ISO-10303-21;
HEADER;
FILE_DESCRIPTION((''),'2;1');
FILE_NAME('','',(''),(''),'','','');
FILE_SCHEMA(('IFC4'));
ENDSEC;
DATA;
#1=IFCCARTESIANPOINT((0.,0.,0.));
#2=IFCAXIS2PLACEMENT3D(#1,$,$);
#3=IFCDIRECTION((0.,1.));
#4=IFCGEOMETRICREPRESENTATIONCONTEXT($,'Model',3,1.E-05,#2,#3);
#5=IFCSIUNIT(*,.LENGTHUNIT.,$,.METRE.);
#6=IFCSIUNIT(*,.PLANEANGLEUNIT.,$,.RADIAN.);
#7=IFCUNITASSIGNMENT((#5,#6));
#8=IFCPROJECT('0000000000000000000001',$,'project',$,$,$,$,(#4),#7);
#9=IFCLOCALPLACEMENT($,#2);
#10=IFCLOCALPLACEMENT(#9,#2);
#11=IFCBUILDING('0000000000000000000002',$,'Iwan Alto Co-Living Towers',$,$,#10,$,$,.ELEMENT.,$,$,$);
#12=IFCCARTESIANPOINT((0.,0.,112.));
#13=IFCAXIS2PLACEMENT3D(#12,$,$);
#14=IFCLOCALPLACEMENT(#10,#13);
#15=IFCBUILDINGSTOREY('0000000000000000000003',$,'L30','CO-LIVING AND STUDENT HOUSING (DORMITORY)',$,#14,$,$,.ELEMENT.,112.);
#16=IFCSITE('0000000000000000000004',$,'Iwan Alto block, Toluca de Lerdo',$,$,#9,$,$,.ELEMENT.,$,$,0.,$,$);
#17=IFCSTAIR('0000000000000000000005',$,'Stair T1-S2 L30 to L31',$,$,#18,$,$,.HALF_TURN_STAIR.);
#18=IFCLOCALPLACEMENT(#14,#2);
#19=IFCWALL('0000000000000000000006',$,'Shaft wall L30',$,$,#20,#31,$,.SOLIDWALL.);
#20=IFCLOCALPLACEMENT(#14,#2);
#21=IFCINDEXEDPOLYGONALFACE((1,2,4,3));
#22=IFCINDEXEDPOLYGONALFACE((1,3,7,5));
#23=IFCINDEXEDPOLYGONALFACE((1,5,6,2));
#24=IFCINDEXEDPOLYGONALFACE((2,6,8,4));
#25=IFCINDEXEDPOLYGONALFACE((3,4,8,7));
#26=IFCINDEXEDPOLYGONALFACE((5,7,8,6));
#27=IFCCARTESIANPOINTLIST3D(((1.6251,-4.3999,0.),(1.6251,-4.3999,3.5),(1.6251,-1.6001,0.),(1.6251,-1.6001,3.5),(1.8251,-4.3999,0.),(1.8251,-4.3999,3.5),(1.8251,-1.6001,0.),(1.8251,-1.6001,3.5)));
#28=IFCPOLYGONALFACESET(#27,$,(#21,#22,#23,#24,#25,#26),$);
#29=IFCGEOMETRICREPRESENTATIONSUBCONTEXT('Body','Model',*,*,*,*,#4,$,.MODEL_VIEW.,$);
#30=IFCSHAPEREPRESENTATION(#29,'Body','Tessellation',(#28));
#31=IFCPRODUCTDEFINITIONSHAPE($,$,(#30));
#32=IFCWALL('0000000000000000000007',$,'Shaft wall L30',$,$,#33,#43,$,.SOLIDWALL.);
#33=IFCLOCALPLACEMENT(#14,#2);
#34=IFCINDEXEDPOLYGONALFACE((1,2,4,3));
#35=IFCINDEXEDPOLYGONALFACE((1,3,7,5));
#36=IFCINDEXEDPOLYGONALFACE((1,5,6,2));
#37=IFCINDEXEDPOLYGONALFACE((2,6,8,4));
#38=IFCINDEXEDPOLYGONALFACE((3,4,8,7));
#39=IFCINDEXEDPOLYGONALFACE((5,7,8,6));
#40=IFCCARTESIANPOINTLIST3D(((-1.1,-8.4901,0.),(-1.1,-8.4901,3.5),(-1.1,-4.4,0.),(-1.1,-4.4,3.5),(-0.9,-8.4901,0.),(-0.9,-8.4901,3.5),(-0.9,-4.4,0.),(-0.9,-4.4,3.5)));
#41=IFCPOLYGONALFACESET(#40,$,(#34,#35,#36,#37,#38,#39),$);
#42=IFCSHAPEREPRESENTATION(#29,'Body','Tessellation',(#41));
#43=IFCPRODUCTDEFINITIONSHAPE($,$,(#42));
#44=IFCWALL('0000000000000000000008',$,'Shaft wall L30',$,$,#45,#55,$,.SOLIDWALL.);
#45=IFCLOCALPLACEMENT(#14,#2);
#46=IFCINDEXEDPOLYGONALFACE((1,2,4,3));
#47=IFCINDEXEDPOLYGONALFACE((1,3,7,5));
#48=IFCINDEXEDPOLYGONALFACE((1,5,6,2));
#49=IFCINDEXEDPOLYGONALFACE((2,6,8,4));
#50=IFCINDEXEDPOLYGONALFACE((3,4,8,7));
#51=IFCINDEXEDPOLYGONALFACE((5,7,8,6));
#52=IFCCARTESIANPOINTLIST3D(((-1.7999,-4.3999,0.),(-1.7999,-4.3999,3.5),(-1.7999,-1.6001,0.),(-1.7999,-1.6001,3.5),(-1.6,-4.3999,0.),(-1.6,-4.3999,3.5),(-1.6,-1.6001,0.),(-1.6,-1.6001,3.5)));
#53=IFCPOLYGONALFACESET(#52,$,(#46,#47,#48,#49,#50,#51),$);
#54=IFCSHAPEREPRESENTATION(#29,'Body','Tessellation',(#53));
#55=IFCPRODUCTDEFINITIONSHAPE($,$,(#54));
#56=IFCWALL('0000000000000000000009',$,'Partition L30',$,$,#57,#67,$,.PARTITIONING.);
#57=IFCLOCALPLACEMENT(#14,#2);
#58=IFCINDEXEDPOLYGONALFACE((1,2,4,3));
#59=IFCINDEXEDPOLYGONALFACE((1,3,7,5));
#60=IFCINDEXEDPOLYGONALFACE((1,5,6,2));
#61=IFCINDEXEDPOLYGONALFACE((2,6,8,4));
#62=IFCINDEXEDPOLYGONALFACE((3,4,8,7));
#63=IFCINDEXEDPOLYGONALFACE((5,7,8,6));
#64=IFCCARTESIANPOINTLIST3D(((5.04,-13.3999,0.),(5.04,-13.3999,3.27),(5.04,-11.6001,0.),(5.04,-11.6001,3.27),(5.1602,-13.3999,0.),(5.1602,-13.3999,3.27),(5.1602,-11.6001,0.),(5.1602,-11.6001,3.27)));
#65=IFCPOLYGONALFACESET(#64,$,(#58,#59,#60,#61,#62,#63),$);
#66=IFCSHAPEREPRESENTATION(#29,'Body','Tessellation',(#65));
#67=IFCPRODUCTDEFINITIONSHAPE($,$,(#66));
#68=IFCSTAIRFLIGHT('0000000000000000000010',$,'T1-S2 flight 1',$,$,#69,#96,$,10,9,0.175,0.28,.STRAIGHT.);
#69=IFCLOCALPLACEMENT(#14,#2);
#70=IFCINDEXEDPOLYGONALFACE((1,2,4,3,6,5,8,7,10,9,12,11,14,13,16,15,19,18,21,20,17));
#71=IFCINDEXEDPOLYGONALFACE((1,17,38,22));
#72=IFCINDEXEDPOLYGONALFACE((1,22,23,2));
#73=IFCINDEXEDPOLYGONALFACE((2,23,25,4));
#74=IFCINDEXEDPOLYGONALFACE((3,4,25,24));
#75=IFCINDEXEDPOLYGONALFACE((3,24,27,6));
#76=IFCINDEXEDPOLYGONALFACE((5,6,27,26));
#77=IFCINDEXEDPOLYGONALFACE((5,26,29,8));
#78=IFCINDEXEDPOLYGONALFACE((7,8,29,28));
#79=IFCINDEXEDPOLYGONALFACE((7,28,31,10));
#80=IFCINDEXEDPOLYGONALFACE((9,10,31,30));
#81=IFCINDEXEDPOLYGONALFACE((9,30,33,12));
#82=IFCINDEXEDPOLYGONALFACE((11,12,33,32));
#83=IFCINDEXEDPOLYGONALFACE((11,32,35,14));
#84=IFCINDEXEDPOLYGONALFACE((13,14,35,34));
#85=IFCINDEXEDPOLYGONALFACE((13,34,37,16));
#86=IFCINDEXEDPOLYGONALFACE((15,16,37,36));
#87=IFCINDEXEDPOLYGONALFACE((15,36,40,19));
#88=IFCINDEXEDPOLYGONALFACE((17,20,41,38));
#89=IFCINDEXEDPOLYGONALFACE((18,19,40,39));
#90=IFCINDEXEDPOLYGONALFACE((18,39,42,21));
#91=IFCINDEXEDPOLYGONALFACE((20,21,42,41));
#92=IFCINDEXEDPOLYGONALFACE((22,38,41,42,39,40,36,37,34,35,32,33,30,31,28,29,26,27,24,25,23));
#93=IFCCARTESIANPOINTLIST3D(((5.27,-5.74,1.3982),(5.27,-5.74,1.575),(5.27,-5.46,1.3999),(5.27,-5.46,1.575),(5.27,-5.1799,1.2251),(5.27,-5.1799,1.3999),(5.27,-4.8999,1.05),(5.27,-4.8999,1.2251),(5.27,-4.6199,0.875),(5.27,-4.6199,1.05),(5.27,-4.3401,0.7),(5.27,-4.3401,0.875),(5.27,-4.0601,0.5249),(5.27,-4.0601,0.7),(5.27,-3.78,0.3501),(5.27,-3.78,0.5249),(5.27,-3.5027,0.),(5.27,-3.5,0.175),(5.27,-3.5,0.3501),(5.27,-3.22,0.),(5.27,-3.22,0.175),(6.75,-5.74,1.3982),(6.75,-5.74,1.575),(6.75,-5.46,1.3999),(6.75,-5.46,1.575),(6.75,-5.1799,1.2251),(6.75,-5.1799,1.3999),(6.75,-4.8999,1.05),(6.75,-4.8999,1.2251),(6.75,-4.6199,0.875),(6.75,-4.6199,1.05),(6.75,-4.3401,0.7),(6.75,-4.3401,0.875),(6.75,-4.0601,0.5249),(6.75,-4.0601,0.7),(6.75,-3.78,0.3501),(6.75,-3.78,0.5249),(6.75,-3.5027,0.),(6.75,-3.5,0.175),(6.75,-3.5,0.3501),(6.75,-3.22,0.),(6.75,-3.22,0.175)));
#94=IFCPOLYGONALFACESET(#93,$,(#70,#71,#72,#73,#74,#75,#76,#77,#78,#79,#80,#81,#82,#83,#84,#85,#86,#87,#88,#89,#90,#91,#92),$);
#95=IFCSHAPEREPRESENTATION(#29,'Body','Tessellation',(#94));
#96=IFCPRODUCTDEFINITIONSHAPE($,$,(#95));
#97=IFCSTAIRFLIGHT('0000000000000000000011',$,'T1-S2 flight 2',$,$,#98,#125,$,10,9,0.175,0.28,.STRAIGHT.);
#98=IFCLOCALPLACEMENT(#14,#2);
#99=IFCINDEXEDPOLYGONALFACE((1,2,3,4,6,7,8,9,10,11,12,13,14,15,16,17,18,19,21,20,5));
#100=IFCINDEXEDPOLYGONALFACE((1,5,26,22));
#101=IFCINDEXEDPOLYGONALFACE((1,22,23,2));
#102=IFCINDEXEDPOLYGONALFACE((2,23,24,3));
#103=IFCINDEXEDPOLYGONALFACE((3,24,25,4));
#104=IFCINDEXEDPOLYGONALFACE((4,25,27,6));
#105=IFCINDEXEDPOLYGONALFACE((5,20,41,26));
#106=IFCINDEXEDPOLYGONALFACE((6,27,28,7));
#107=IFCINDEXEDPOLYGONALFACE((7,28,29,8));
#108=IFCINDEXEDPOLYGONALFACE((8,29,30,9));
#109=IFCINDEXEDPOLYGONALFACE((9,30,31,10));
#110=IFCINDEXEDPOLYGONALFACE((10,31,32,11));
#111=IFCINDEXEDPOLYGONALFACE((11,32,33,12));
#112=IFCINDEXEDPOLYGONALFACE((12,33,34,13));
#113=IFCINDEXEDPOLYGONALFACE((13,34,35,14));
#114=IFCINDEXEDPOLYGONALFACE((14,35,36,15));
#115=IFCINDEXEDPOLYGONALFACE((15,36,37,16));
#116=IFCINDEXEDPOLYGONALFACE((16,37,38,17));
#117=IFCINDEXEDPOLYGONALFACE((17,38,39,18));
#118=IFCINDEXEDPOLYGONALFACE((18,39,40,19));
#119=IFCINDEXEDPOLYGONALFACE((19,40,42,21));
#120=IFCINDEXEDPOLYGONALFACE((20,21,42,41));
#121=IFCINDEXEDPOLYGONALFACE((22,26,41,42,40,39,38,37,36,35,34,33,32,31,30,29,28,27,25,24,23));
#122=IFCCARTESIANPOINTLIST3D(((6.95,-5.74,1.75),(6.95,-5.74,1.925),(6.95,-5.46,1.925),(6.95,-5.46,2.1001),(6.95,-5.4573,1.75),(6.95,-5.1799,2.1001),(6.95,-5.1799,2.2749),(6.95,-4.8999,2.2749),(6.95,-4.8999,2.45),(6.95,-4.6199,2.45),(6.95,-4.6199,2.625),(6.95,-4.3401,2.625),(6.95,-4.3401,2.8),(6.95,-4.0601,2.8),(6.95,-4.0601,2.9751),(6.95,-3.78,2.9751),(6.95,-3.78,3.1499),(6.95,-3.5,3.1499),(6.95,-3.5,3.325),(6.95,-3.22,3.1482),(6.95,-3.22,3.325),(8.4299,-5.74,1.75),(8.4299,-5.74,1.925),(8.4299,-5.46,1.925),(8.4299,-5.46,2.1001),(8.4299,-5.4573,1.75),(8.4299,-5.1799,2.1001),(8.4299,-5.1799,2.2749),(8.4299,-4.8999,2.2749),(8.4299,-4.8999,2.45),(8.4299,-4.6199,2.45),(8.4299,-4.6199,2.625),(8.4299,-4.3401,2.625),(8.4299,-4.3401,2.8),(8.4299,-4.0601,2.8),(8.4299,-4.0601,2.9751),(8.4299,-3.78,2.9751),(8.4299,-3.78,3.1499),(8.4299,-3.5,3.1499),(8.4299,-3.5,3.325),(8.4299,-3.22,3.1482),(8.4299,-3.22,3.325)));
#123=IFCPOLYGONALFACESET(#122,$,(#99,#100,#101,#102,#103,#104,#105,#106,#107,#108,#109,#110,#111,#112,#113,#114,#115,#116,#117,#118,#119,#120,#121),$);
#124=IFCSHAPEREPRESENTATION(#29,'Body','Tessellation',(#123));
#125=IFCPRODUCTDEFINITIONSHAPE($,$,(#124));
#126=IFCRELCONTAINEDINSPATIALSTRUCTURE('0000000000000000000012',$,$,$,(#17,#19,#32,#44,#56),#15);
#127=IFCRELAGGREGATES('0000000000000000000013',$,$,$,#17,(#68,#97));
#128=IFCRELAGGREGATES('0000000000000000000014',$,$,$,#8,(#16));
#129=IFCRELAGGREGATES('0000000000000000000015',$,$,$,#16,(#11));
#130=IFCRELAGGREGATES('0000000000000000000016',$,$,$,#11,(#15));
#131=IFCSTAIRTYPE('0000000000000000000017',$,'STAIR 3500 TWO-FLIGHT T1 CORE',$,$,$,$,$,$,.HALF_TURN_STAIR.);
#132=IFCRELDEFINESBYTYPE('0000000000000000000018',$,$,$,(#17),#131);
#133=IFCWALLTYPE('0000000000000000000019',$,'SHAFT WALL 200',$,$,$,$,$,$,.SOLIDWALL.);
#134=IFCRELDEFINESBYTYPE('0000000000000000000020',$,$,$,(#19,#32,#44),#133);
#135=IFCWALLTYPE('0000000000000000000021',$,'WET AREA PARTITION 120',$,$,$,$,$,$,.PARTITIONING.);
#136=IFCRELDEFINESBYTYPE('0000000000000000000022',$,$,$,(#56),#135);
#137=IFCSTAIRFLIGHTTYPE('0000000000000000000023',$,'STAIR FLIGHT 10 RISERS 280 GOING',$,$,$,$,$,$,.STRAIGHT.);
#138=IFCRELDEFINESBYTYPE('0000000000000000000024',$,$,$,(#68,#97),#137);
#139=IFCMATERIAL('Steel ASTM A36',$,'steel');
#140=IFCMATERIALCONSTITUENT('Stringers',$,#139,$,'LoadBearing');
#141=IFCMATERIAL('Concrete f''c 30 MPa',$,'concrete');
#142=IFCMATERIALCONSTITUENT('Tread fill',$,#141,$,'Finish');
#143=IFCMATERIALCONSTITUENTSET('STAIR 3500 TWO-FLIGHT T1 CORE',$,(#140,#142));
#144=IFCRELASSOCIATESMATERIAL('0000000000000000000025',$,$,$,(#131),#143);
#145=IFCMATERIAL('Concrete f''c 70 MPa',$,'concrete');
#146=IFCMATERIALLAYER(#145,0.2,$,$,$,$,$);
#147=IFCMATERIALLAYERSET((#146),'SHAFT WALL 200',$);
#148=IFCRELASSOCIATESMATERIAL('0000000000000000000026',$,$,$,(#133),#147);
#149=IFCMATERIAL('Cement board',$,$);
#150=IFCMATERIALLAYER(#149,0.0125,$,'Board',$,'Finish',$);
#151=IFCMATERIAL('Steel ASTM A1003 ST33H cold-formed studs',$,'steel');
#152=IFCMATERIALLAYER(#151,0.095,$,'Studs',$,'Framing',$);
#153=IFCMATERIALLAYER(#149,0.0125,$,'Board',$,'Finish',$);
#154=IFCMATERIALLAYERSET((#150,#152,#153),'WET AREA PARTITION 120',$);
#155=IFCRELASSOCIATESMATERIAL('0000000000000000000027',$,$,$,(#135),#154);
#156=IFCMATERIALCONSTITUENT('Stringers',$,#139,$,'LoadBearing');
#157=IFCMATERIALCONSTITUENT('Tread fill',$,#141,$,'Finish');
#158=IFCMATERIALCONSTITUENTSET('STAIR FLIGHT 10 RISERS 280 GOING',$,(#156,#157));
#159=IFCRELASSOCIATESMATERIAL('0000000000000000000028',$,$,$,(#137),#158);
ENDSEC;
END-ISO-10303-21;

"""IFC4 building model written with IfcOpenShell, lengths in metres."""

from ifc_helpers import new_model, si_unit, direction, frame, frame_2d, origin, place, context, subcontext, project, spatial, polyline, rectangle, outline, extrude, material, layer, layer_set, constituent, constituent_set, type_object, element, aggregate, save


model = new_model("IFC4")

# Units and contexts
model_context = context("Model", 3, precision=1e-05, world=origin(), true_north=direction((0.0, 1.0)))
body_context = subcontext(model_context, "Body", "Model", "MODEL_VIEW")
ifc_project = project(units=[si_unit("LENGTHUNIT", "METRE"), si_unit("PLANEANGLEUNIT", "RADIAN")], contexts=[model_context])

# Site, building, storey
site_placement = place(None, origin())
site = spatial("IfcSite", under=ifc_project, at=site_placement, Name="Iwan Alto block, Toluca de Lerdo", CompositionType="ELEMENT", RefElevation=0.0)
building_placement = place(site_placement, origin())
building = spatial("IfcBuilding", under=site, at=building_placement, Name="Iwan Alto Co-Living Towers", CompositionType="ELEMENT")
storey_placement = place(building_placement, frame((0.0, 0.0, 112.0)))
storey = spatial("IfcBuildingStorey", under=building, at=storey_placement, Name="L30", Description="CO-LIVING AND STUDENT HOUSING (DORMITORY)", CompositionType="ELEMENT", Elevation=112.0)

# Stair
ifc_material_1 = material(Name="Steel ASTM A36", Category="steel")
ifc_constituent_1 = constituent(ifc_material_1, Name="Stringers", Category="LoadBearing")
ifc_material_2 = material(Name="Concrete f'c 30 MPa", Category="concrete")
ifc_constituent_2 = constituent(ifc_material_2, Name="Tread fill", Category="Finish")
ifc_constituent_set_1 = constituent_set(constituents=[ifc_constituent_1, ifc_constituent_2], Name="STAIR 3500 TWO-FLIGHT T1 CORE")
stair_type = type_object("IfcStairType", Name="STAIR 3500 TWO-FLIGHT T1 CORE", PredefinedType="HALF_TURN_STAIR", material=ifc_constituent_set_1)
stair_1_placement = place(storey_placement, origin())
stair_1 = element("IfcStair", 1, at=stair_1_placement, inside=storey, type_object=stair_type, Name="Stair T1-S2 L30 to L31", PredefinedType="HALF_TURN_STAIR")

# Shared definitions
ifc_material_3 = material(Name="Concrete f'c 70 MPa", Category="concrete")
ifc_layer_1 = layer(ifc_material_3, 0.2)
ifc_layer_set_1 = layer_set([ifc_layer_1], Name="SHAFT WALL 200")
wall_type_1 = type_object("IfcWallType", Name="SHAFT WALL 200", PredefinedType="SOLIDWALL", material=ifc_layer_set_1)

# Walls
wall_1_placement = place(storey_placement, frame((1.7251, -4.3999, 0.0), z_axis=(0.0, 0.0, 1.0), x_axis=(0.0, 1.0, 0.0)))
element("IfcWall", 2, at=wall_1_placement, inside=storey, type_object=wall_type_1, Name="Shaft wall L30", PredefinedType="SOLIDWALL", context=body_context, shape_type="SweptSolid", body=[
    extrude(rectangle(XDim=2.7998, YDim=0.2, at=frame_2d((1.3999, 0.0))), origin(), (0.0, 0.0, 1.0), 3.5),
])
wall_2_placement = place(storey_placement, frame((-1.0, -8.49, 0.0), z_axis=(0.0, 0.0, 1.0), x_axis=(0.0, 1.0, 0.0)))
element("IfcWall", 3, at=wall_2_placement, inside=storey, type_object=wall_type_1, Name="Shaft wall L30", PredefinedType="SOLIDWALL", context=body_context, shape_type="SweptSolid", body=[
    extrude(rectangle(XDim=4.0901, YDim=0.2, at=frame_2d((2.0449, 0.0))), origin(), (0.0, 0.0, 1.0), 3.5),
])
wall_3_placement = place(storey_placement, frame((-1.7, -4.3999, 0.0), z_axis=(0.0, 0.0, 1.0), x_axis=(0.0, 1.0, 0.0)))
element("IfcWall", 4, at=wall_3_placement, inside=storey, type_object=wall_type_1, Name="Shaft wall L30", PredefinedType="SOLIDWALL", context=body_context, shape_type="SweptSolid", body=[
    extrude(rectangle(XDim=2.7998, YDim=0.2, at=frame_2d((1.3999, 0.0))), origin(), (0.0, 0.0, 1.0), 3.5),
])
ifc_material_4 = material(Name="Cement board")
ifc_layer_2 = layer(ifc_material_4, 0.0125, Name="Board", Category="Finish")
ifc_material_5 = material(Name="Steel ASTM A1003 ST33H cold-formed studs", Category="steel")
ifc_layer_3 = layer(ifc_material_5, 0.095, Name="Studs", Category="Framing")
ifc_layer_4 = layer(ifc_material_4, 0.0125, Name="Board", Category="Finish")
ifc_layer_set_2 = layer_set([ifc_layer_2, ifc_layer_3, ifc_layer_4], Name="WET AREA PARTITION 120")
wall_type_2 = type_object("IfcWallType", Name="WET AREA PARTITION 120", PredefinedType="PARTITIONING", material=ifc_layer_set_2)
wall_4_placement = place(storey_placement, frame((5.1001, -13.3999, 0.0), z_axis=(0.0, 0.0, 1.0), x_axis=(0.0, 1.0, 0.0)))
element("IfcWall", 5, at=wall_4_placement, inside=storey, type_object=wall_type_2, Name="Partition L30", PredefinedType="PARTITIONING", context=body_context, shape_type="SweptSolid", body=[
    extrude(rectangle(XDim=1.7998, YDim=0.1201, at=frame_2d((0.8999, 0.0))), origin(), (0.0, 0.0, 1.0), 3.27),
])

# Stair flights
ifc_constituent_3 = constituent(ifc_material_1, Name="Stringers", Category="LoadBearing")
ifc_constituent_4 = constituent(ifc_material_2, Name="Tread fill", Category="Finish")
ifc_constituent_set_2 = constituent_set(constituents=[ifc_constituent_3, ifc_constituent_4], Name="STAIR FLIGHT 10 RISERS 280 GOING")
stair_flight_type = type_object("IfcStairFlightType", Name="STAIR FLIGHT 10 RISERS 280 GOING", PredefinedType="STRAIGHT", material=ifc_constituent_set_2)
stair_flight_1_placement = place(storey_placement, frame((6.01, -3.22, 0.0), z_axis=(0.0, 0.0, 1.0), x_axis=(0.0, -1.0, 0.0)))
stair_flight_1 = element("IfcStairFlight", 6, at=stair_flight_1_placement, type_object=stair_flight_type, Name="T1-S2 flight 1", NumberOfRisers=10, NumberOfTreads=9, PredefinedType="STRAIGHT", RiserHeight=0.175, TreadLength=0.28, context=body_context, shape_type="SweptSolid", body=[
    extrude(outline(polyline([(0.0, 0.0), (0.0, 0.175), (0.28, 0.175), (0.28, 0.3501), (0.5601, 0.3501), (0.5601, 0.5249), (0.8401, 0.5249), (0.8401, 0.7), (1.1201, 0.7), (1.1201, 0.875), (1.3999, 0.875), (1.3999, 1.05), (1.6799, 1.05), (1.6799, 1.2251), (1.96, 1.2251), (1.96, 1.3999), (2.24, 1.3999), (2.24, 1.575), (2.52, 1.575), (2.52, 1.75), (2.52, 1.3982), (0.2827, 0.0), (0.0, 0.0)])), frame((0.0, 0.74, 0.0), z_axis=(0.0, -1.0, 0.0), x_axis=(1.0, 0.0, 0.0)), (0.0, 0.0, 1.0), 1.48),
])
stair_flight_2_placement = place(storey_placement, frame((7.6899, -5.74, 1.75), z_axis=(0.0, 0.0, 1.0), x_axis=(0.0, 1.0, 0.0)))
stair_flight_2 = element("IfcStairFlight", 7, at=stair_flight_2_placement, type_object=stair_flight_type, Name="T1-S2 flight 2", NumberOfRisers=10, NumberOfTreads=9, PredefinedType="STRAIGHT", RiserHeight=0.175, TreadLength=0.28, context=body_context, shape_type="SweptSolid", body=[
    extrude(outline(polyline([(0.0, 0.0), (0.0, 0.175), (0.28, 0.175), (0.28, 0.3501), (0.5601, 0.3501), (0.5601, 0.5249), (0.8401, 0.5249), (0.8401, 0.7), (1.1201, 0.7), (1.1201, 0.875), (1.3999, 0.875), (1.3999, 1.05), (1.6799, 1.05), (1.6799, 1.2251), (1.96, 1.2251), (1.96, 1.3999), (2.24, 1.3999), (2.24, 1.575), (2.52, 1.575), (2.52, 1.75), (2.52, 1.3982), (0.2827, 0.0), (0.0, 0.0)])), frame((0.0, 0.74, 0.0), z_axis=(0.0, -1.0, 0.0), x_axis=(1.0, 0.0, 0.0)), (0.0, 0.0, 1.0), 1.48),
])
aggregate(stair_1, [stair_flight_1, stair_flight_2])

save(model, "model.ifc")
